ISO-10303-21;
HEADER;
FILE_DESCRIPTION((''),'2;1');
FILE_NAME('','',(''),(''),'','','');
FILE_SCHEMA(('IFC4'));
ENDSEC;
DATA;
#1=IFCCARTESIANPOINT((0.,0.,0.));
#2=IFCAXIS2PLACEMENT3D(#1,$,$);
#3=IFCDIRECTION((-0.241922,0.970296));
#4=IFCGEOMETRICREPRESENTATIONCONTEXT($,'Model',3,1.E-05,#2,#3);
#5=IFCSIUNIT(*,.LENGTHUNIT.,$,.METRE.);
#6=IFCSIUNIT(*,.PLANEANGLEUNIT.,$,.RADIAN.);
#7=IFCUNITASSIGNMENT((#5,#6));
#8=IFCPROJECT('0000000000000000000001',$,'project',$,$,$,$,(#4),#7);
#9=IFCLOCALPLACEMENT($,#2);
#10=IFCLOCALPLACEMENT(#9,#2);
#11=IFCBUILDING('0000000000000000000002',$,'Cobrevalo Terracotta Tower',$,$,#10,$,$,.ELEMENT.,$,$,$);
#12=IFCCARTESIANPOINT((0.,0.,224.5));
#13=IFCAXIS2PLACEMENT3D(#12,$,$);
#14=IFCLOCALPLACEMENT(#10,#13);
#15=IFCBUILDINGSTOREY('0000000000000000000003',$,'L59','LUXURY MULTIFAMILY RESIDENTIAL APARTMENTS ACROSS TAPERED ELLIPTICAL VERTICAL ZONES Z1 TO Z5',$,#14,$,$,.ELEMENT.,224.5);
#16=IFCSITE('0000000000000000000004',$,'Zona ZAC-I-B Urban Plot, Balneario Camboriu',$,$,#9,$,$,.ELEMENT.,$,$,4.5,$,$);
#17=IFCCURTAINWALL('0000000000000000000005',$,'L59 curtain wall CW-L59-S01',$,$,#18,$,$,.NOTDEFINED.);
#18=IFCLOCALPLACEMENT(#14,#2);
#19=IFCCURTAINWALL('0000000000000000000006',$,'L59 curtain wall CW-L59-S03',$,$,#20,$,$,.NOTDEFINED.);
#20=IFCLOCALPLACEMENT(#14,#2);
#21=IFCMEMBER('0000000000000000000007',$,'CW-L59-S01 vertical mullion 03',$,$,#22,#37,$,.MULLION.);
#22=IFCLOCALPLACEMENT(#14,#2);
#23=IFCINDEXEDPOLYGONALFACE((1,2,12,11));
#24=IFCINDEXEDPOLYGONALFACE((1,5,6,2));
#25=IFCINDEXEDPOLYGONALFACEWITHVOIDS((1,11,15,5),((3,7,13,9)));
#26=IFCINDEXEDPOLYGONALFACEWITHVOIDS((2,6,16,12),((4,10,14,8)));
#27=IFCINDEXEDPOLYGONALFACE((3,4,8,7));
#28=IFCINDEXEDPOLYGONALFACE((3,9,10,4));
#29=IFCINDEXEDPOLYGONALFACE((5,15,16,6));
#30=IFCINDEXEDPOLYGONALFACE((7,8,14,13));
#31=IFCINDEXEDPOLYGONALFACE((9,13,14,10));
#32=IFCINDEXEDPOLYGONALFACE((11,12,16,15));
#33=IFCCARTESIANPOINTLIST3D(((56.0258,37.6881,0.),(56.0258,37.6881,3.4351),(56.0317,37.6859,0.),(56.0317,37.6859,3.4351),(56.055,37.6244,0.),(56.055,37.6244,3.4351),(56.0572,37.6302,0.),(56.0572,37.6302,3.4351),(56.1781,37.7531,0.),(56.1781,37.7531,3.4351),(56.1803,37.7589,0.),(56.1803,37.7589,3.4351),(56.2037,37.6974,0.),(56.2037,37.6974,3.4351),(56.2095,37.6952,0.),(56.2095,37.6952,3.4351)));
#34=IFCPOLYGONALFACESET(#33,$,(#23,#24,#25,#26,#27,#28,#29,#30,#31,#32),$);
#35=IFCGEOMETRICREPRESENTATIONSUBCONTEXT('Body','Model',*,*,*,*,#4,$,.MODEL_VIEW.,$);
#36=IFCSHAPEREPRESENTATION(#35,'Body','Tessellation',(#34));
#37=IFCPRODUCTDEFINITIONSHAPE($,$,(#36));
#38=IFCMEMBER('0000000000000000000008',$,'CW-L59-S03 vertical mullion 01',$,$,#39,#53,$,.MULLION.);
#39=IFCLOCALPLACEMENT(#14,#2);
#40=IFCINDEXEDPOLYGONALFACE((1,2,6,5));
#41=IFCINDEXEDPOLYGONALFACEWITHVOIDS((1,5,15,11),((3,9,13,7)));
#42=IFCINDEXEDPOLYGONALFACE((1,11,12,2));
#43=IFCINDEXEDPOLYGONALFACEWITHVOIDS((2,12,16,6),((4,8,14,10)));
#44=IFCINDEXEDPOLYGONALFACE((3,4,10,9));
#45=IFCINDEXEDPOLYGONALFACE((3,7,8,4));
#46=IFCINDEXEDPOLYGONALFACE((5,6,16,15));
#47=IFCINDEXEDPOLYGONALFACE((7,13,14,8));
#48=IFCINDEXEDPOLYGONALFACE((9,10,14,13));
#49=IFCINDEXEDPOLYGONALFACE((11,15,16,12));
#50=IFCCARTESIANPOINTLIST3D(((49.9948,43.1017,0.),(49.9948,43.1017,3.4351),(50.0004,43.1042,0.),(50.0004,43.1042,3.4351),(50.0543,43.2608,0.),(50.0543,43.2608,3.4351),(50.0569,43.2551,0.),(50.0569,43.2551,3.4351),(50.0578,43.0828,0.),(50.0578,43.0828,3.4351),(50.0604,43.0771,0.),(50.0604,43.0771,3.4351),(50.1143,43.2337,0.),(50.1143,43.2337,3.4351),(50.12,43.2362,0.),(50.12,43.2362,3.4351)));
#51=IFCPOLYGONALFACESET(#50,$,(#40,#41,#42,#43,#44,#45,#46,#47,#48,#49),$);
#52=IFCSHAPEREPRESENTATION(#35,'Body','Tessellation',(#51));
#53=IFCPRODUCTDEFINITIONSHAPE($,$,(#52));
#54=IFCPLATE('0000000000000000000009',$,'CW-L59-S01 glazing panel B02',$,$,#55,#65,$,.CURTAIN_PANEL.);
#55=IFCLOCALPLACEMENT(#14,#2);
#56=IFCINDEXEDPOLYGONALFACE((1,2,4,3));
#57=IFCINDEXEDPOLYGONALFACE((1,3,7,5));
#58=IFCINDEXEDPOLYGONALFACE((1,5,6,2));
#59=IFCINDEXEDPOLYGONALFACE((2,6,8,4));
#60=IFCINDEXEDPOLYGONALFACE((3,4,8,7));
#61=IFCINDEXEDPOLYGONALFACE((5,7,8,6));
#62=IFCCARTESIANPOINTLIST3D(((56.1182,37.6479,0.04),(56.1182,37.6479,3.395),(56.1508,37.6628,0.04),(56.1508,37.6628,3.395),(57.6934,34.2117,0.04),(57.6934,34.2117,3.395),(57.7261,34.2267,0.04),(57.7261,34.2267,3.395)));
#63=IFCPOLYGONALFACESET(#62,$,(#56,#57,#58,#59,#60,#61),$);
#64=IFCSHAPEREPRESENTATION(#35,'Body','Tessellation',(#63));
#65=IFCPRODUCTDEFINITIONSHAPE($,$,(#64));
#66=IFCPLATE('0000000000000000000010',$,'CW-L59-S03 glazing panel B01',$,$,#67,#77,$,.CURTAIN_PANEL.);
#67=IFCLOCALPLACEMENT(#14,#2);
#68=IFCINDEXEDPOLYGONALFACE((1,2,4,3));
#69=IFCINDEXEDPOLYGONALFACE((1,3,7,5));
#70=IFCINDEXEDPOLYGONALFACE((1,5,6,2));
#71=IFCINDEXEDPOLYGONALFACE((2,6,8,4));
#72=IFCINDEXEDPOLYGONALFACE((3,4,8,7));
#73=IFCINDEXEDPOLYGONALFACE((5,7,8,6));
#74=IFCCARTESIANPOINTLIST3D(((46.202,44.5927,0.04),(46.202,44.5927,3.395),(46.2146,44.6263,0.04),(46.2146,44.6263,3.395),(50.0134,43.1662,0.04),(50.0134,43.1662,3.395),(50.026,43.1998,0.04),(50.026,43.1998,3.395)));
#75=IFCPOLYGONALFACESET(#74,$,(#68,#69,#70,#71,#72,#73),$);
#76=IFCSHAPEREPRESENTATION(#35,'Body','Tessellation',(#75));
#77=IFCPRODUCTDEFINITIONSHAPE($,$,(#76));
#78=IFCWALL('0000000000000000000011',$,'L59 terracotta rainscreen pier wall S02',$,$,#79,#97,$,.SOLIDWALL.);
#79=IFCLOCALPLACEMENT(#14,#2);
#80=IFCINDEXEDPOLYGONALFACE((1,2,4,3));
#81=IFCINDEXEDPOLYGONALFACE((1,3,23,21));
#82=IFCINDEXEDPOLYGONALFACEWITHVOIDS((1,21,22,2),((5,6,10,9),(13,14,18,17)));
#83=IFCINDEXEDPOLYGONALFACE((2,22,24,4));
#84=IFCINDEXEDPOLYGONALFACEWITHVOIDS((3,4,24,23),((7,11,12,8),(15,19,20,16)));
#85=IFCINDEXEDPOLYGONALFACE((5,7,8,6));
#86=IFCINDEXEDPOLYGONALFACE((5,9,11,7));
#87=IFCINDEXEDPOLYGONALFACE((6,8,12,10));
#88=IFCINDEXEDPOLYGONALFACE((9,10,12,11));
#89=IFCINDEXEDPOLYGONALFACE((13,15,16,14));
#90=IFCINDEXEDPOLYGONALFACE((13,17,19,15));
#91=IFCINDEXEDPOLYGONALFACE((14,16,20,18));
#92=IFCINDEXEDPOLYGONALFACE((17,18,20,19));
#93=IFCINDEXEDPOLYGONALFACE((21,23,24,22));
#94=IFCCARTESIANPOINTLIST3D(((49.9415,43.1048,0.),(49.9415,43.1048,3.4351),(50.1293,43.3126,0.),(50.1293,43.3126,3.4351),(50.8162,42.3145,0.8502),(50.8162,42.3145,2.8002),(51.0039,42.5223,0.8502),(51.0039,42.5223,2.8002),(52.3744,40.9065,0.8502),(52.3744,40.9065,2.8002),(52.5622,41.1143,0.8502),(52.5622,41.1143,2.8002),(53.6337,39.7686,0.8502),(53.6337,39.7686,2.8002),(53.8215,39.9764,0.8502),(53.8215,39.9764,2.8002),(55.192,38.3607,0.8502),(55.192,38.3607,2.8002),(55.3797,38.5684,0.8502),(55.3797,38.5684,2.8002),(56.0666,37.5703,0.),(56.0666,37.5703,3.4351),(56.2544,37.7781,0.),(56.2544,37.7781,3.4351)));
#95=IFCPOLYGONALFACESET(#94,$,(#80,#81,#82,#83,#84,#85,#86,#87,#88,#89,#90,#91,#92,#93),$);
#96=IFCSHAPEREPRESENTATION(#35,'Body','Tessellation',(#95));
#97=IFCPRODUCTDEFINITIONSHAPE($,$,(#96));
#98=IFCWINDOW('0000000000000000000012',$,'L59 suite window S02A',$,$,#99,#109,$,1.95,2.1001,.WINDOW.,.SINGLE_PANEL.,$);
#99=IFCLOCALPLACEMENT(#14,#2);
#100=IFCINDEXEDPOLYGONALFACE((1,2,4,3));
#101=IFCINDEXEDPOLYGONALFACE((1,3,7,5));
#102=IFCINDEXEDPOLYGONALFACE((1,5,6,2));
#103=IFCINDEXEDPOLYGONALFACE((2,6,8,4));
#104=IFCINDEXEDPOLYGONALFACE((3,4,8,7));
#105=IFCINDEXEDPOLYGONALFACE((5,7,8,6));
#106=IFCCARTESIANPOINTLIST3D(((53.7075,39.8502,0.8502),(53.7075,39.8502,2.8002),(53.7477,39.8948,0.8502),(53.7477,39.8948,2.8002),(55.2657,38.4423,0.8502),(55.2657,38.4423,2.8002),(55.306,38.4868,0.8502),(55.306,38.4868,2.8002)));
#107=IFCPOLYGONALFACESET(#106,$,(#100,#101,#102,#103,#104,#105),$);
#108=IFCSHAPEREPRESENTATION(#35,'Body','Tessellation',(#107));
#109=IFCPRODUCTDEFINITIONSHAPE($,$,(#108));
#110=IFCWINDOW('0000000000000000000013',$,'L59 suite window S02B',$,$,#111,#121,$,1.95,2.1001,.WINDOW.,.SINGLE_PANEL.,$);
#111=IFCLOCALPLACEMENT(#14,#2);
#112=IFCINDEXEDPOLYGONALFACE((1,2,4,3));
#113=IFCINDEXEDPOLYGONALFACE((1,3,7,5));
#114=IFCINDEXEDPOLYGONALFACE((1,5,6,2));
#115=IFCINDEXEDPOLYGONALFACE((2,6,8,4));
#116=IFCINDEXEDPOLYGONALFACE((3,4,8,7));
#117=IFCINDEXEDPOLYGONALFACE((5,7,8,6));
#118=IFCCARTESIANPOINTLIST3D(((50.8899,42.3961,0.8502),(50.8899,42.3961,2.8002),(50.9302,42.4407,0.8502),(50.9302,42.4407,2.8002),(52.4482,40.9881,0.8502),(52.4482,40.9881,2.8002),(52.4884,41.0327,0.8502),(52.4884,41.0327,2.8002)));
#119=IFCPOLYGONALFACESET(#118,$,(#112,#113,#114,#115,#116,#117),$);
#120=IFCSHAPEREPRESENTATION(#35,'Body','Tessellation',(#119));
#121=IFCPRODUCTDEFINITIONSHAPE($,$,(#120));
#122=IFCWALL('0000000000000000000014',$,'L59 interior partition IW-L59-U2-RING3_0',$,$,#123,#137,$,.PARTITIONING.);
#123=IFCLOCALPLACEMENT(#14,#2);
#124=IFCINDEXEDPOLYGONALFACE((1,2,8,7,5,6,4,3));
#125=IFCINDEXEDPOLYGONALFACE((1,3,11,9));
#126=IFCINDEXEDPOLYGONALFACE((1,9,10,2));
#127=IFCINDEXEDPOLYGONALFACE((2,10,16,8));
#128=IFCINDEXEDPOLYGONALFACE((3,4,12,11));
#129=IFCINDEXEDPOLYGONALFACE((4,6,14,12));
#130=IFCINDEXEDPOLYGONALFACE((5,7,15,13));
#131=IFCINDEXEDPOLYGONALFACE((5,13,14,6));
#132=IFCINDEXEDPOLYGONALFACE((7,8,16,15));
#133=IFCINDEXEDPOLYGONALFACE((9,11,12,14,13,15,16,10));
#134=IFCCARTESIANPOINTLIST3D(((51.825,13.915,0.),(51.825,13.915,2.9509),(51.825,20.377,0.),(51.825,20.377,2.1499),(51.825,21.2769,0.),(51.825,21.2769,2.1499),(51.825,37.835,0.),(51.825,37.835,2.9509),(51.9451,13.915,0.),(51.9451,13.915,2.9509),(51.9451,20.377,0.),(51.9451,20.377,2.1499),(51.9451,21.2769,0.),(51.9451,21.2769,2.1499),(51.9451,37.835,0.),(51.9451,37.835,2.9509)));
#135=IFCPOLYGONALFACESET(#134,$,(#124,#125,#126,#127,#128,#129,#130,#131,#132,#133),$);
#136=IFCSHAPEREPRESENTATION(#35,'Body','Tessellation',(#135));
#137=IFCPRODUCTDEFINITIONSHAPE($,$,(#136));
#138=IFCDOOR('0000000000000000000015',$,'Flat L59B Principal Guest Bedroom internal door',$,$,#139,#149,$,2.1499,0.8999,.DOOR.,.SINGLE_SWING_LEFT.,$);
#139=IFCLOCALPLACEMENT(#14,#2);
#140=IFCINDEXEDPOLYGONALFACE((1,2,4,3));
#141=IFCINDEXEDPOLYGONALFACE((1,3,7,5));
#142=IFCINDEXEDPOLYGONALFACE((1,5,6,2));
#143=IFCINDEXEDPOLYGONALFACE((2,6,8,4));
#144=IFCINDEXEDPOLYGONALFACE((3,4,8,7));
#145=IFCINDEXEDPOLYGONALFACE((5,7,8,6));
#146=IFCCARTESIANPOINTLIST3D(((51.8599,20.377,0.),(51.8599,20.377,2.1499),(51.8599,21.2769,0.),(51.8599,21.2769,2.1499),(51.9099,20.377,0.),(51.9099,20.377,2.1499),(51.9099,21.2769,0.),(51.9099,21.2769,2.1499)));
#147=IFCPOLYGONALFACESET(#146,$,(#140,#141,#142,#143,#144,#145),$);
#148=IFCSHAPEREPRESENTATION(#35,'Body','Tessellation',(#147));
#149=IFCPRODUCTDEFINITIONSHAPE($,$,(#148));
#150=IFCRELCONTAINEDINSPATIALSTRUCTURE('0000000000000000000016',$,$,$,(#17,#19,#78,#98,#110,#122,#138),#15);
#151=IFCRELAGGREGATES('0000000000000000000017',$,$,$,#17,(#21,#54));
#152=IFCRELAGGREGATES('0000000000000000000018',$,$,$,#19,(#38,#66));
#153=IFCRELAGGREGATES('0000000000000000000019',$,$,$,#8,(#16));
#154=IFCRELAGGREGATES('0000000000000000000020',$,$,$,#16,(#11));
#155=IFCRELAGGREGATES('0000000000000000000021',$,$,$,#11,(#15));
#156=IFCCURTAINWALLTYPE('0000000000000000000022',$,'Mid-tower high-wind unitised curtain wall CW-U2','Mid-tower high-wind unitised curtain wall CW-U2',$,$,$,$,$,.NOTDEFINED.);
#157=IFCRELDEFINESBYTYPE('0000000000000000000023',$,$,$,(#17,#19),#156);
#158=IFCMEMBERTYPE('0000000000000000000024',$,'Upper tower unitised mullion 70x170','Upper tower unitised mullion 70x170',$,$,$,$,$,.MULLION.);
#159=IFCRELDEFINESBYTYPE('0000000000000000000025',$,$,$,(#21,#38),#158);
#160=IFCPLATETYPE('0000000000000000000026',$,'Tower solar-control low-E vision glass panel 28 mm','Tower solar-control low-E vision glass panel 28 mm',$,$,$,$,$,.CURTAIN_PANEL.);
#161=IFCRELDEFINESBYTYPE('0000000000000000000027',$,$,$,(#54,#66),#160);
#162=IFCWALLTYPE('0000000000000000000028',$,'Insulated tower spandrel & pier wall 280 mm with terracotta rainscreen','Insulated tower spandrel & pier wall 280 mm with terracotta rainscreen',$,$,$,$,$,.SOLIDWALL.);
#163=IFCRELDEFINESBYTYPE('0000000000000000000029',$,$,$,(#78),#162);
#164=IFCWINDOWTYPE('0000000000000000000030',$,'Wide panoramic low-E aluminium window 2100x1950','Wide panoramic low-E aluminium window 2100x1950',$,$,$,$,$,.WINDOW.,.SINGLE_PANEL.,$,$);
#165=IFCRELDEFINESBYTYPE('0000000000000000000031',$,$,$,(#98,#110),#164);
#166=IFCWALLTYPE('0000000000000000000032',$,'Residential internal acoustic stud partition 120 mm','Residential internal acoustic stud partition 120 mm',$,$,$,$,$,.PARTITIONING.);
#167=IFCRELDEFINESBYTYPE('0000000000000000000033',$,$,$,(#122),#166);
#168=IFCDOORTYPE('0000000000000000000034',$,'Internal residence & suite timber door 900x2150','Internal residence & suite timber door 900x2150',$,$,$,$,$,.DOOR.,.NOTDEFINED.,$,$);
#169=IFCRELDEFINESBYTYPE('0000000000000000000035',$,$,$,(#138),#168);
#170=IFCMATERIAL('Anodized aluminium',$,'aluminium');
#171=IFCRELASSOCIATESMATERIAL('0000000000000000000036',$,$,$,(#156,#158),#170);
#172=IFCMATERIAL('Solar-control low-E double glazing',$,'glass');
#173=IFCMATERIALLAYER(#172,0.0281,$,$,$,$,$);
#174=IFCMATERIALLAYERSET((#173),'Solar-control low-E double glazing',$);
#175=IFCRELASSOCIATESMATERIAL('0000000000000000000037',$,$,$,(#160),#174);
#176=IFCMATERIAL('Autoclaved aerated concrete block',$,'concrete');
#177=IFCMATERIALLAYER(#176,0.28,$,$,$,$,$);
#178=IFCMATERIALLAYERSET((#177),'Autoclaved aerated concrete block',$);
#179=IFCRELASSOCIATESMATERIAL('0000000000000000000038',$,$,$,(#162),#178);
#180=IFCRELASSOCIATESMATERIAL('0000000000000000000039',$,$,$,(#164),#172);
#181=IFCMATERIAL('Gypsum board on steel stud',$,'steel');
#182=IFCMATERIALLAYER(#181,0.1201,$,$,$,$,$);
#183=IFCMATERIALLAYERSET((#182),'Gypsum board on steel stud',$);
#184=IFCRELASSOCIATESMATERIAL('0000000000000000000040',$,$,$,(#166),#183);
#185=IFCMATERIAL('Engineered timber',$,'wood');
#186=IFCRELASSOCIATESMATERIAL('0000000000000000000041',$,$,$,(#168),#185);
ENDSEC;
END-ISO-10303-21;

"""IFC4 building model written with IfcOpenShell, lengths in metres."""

from ifc_helpers import new_model, si_unit, direction, frame, frame_2d, origin, origin_2d, place, context, subcontext, project, spatial, rectangle, hollow_rectangle, extrude, source, transform, mapped, material, layer, layer_set, material_profile, profile_set, type_object, element, fill, aggregate, save


model = new_model("IFC4")

# Units and contexts
model_context = context("Model", 3, precision=1e-05, world=origin(), true_north=direction((-0.241922, 0.970296)))
body_context = subcontext(model_context, "Body", "Model", "MODEL_VIEW")
ifc_project = project(units=[si_unit("LENGTHUNIT", "METRE"), si_unit("PLANEANGLEUNIT", "RADIAN")], contexts=[model_context])

# Site, building, storey
site_placement = place(None, origin())
site = spatial("IfcSite", under=ifc_project, at=site_placement, Name="Zona ZAC-I-B Urban Plot, Balneario Camboriu", CompositionType="ELEMENT", RefElevation=4.5)
building_placement = place(site_placement, origin())
building = spatial("IfcBuilding", under=site, at=building_placement, Name="Cobrevalo Terracotta Tower", CompositionType="ELEMENT")
storey_placement = place(building_placement, frame((0.0, 0.0, 224.5)))
storey = spatial("IfcBuildingStorey", under=building, at=storey_placement, Name="L59", Description="LUXURY MULTIFAMILY RESIDENTIAL APARTMENTS ACROSS TAPERED ELLIPTICAL VERTICAL ZONES Z1 TO Z5", CompositionType="ELEMENT", Elevation=224.5)

# Curtain wall
ifc_material_1 = material(Name="Anodized aluminium", Category="aluminium")
curtain_wall_type = type_object("IfcCurtainWallType", Name="Mid-tower high-wind unitised curtain wall CW-U2", Description="Mid-tower high-wind unitised curtain wall CW-U2", PredefinedType="NOTDEFINED", material=ifc_material_1)
curtain_wall_1_placement = place(storey_placement, origin())
curtain_wall_1 = element("IfcCurtainWall", 1, at=curtain_wall_1_placement, inside=storey, type_object=curtain_wall_type, Name="L59 curtain wall CW-L59-S01", PredefinedType="NOTDEFINED")

# Curtain wall
curtain_wall_2_placement = place(storey_placement, origin())
curtain_wall_2 = element("IfcCurtainWall", 2, at=curtain_wall_2_placement, inside=storey, type_object=curtain_wall_type, Name="L59 curtain wall CW-L59-S03", PredefinedType="NOTDEFINED")

# Members
ifc_material_profile_1 = material_profile(ifc_material_1, hollow_rectangle(XDim=0.0701, YDim=0.1699, WallThickness=0.0044, at=origin_2d()), Name="CWM 70x170")
ifc_profile_set_1 = profile_set([ifc_material_profile_1], Name="Anodized aluminium")
member_type_1 = type_object("IfcMemberType", Name="Upper tower unitised mullion 70x170", Description="Upper tower unitised mullion 70x170", PredefinedType="MULLION", material=ifc_profile_set_1)
shared_shape_1 = source(origin(), body_context, "Body", "SweptSolid", [
    extrude(hollow_rectangle(XDim=0.0701, YDim=0.1699, WallThickness=0.0044, at=origin_2d()), origin(), (0.0, 0.0, 1.0), 3.4351),
])
member_1_placement = place(storey_placement, frame((56.1177, 37.6917, 0.0), z_axis=(0.0, 0.0, 1.0), x_axis=(-0.416725, 0.909033, 0.0)))
member_1 = element("IfcMember", 3, at=member_1_placement, type_object=member_type_1, Name="CW-L59-S01 vertical mullion 03", PredefinedType="MULLION", context=body_context, shape_type="MappedRepresentation", body=[
    mapped(shared_shape_1, transform((0.0, 0.0, 0.0), scale=1.0)),
])
member_2_placement = place(storey_placement, frame((50.0574, 43.1689, 0.0), z_axis=(0.0, 0.0, 1.0), x_axis=(-0.936556, 0.350518, 0.0)))
member_2 = element("IfcMember", 4, at=member_2_placement, type_object=member_type_1, Name="CW-L59-S03 vertical mullion 01", PredefinedType="MULLION", context=body_context, shape_type="MappedRepresentation", body=[
    mapped(shared_shape_1, transform((0.0, 0.0, 0.0), scale=1.0)),
])

# Plates
ifc_material_2 = material(Name="Solar-control low-E double glazing", Category="glass")
ifc_layer_1 = layer(ifc_material_2, 0.0281)
ifc_layer_set_1 = layer_set([ifc_layer_1], Name="Solar-control low-E double glazing")
plate_type = type_object("IfcPlateType", Name="Tower solar-control low-E vision glass panel 28 mm", Description="Tower solar-control low-E vision glass panel 28 mm", PredefinedType="CURTAIN_PANEL", material=ifc_layer_set_1)
shared_shape_2 = source(origin(), body_context, "Body", "SweptSolid", [
    extrude(rectangle(XDim=3.78, YDim=0.0359, at=origin_2d()), origin(), (0.0, 0.0, 1.0), 3.355),
])
plate_1_placement = place(storey_placement, frame((56.9221, 35.9373, 0.04), z_axis=(0.0, 0.0, 1.0), x_axis=(-0.416731, 0.90903, 0.0)))
plate_1 = element("IfcPlate", 5, at=plate_1_placement, type_object=plate_type, Name="CW-L59-S01 glazing panel B02", PredefinedType="CURTAIN_PANEL", context=body_context, shape_type="MappedRepresentation", body=[
    mapped(shared_shape_2, transform((0.0, 0.0, 0.0), scale=1.0)),
])
aggregate(curtain_wall_1, [member_1, plate_1])
shared_shape_3 = source(origin(), body_context, "Body", "SweptSolid", [
    extrude(rectangle(XDim=4.0696, YDim=0.0359, at=origin_2d()), origin(), (0.0, 0.0, 1.0), 3.355),
])
plate_2_placement = place(storey_placement, frame((48.114, 43.8962, 0.04), z_axis=(0.0, 0.0, 1.0), x_axis=(-0.936558, 0.350513, 0.0)))
plate_2 = element("IfcPlate", 6, at=plate_2_placement, type_object=plate_type, Name="CW-L59-S03 glazing panel B01", PredefinedType="CURTAIN_PANEL", context=body_context, shape_type="MappedRepresentation", body=[
    mapped(shared_shape_3, transform((0.0, 0.0, 0.0), scale=1.0)),
])
aggregate(curtain_wall_2, [member_2, plate_2])

# Wall, openings, windows
ifc_material_3 = material(Name="Autoclaved aerated concrete block", Category="concrete")
ifc_layer_2 = layer(ifc_material_3, 0.28)
ifc_layer_set_2 = layer_set([ifc_layer_2], Name="Autoclaved aerated concrete block")
wall_type_1 = type_object("IfcWallType", Name="Insulated tower spandrel & pier wall 280 mm with terracotta rainscreen", Description="Insulated tower spandrel & pier wall 280 mm with terracotta rainscreen", PredefinedType="SOLIDWALL", material=ifc_layer_set_2)
wall_1_placement = place(storey_placement, frame((56.1604, 37.6743, 0.0), z_axis=(0.0, 0.0, 1.0), x_axis=(-0.741972, 0.670431, 0.0)))
wall_1 = element("IfcWall", 7, at=wall_1_placement, inside=storey, type_object=wall_type_1, Name="L59 terracotta rainscreen pier wall S02", PredefinedType="SOLIDWALL", context=body_context, shape_type="SweptSolid", body=[
    extrude(rectangle(XDim=8.2551, YDim=0.28, at=frame_2d((4.1274, 0.0))), origin(), (0.0, 0.0, 1.0), 3.4351),
])
opening_1_placement = place(wall_1_placement, frame((1.1787, 0.0, 0.8501)))
opening_1 = element("IfcOpeningElement", 8, at=opening_1_placement, cuts=wall_1, PredefinedType="OPENING", context=body_context, shape_type="SweptSolid", body=[
    extrude(rectangle(XDim=2.1001, YDim=1.95, at=frame_2d((1.05, 0.9751))), frame((0.0, 0.1499, 0.0), z_axis=(0.0, -1.0, 0.0), x_axis=(1.0, 0.0, 0.0)), (0.0, 0.0, 1.0), 0.3),
])
opening_2_placement = place(wall_1_placement, frame((4.9761, 0.0, 0.8501)))
opening_2 = element("IfcOpeningElement", 9, at=opening_2_placement, cuts=wall_1, PredefinedType="OPENING", context=body_context, shape_type="SweptSolid", body=[
    extrude(rectangle(XDim=2.1001, YDim=1.95, at=frame_2d((1.05, 0.9751))), frame((0.0, 0.1499, 0.0), z_axis=(0.0, -1.0, 0.0), x_axis=(1.0, 0.0, 0.0)), (0.0, 0.0, 1.0), 0.3),
])
window_type = type_object("IfcWindowType", Name="Wide panoramic low-E aluminium window 2100x1950", Description="Wide panoramic low-E aluminium window 2100x1950", PartitioningType="SINGLE_PANEL", PredefinedType="WINDOW", material=ifc_material_2)
shared_shape_4 = source(origin(), body_context, "Body", "SweptSolid", [
    extrude(rectangle(XDim=2.1001, YDim=1.95, at=frame_2d((1.05, 0.9751))), frame((0.0, 0.03, 0.0), z_axis=(0.0, -1.0, 0.0), x_axis=(1.0, 0.0, 0.0)), (0.0, 0.0, 1.0), 0.0601),
])
window_1_placement = place(opening_1_placement, origin())
window_1 = element("IfcWindow", 10, at=window_1_placement, inside=storey, type_object=window_type, Name="L59 suite window S02A", OverallHeight=1.95, OverallWidth=2.1001, PartitioningType="SINGLE_PANEL", PredefinedType="WINDOW", context=body_context, shape_type="MappedRepresentation", body=[
    mapped(shared_shape_4, transform((0.0, 0.0, 0.0), scale=1.0)),
])
fill(opening_1, window_1)
window_2_placement = place(opening_2_placement, origin())
window_2 = element("IfcWindow", 11, at=window_2_placement, inside=storey, type_object=window_type, Name="L59 suite window S02B", OverallHeight=1.95, OverallWidth=2.1001, PartitioningType="SINGLE_PANEL", PredefinedType="WINDOW", context=body_context, shape_type="MappedRepresentation", body=[
    mapped(shared_shape_4, transform((0.0, 0.0, 0.0), scale=1.0)),
])
fill(opening_2, window_2)

# Wall, opening, door
ifc_material_4 = material(Name="Gypsum board on steel stud", Category="steel")
ifc_layer_3 = layer(ifc_material_4, 0.1201)
ifc_layer_set_3 = layer_set([ifc_layer_3], Name="Gypsum board on steel stud")
wall_type_2 = type_object("IfcWallType", Name="Residential internal acoustic stud partition 120 mm", Description="Residential internal acoustic stud partition 120 mm", PredefinedType="PARTITIONING", material=ifc_layer_set_3)
wall_2_placement = place(storey_placement, frame((51.885, 37.835, 0.0), z_axis=(0.0, 0.0, 1.0), x_axis=(0.0, -1.0, 0.0)))
wall_2 = element("IfcWall", 12, at=wall_2_placement, inside=storey, type_object=wall_type_2, Name="L59 interior partition IW-L59-U2-RING3_0", PredefinedType="PARTITIONING", context=body_context, shape_type="SweptSolid", body=[
    extrude(rectangle(XDim=23.9199, YDim=0.1201, at=frame_2d((11.96, 0.0))), origin(), (0.0, 0.0, 1.0), 2.9509),
])
opening_3_placement = place(wall_2_placement, frame((16.5581, 0.0, 0.0)))
opening_3 = element("IfcOpeningElement", 13, at=opening_3_placement, cuts=wall_2, PredefinedType="OPENING", context=body_context, shape_type="SweptSolid", body=[
    extrude(rectangle(XDim=0.8999, YDim=2.1499, at=frame_2d((0.45, 1.075))), frame((0.0, 0.0701, 0.0), z_axis=(0.0, -1.0, 0.0), x_axis=(1.0, 0.0, 0.0)), (0.0, 0.0, 1.0), 0.1401),
])
ifc_material_5 = material(Name="Engineered timber", Category="wood")
door_type = type_object("IfcDoorType", Name="Internal residence & suite timber door 900x2150", Description="Internal residence & suite timber door 900x2150", OperationType="NOTDEFINED", PredefinedType="DOOR", material=ifc_material_5)
shared_shape_5 = source(origin(), body_context, "Body", "SweptSolid", [
    extrude(rectangle(XDim=0.8999, YDim=2.1499, at=frame_2d((0.45, 1.075))), frame((0.0, 0.0249, 0.0), z_axis=(0.0, -1.0, 0.0), x_axis=(1.0, 0.0, 0.0)), (0.0, 0.0, 1.0), 0.05),
])
door_1_placement = place(opening_3_placement, origin())
door_1 = element("IfcDoor", 14, at=door_1_placement, inside=storey, type_object=door_type, Name="Flat L59B Principal Guest Bedroom internal door", OperationType="SINGLE_SWING_LEFT", OverallHeight=2.1499, OverallWidth=0.8999, PredefinedType="DOOR", context=body_context, shape_type="MappedRepresentation", body=[
    mapped(shared_shape_5, transform((0.0, 0.0, 0.0), scale=1.0)),
])
fill(opening_3, door_1)

save(model, "model.ifc")
